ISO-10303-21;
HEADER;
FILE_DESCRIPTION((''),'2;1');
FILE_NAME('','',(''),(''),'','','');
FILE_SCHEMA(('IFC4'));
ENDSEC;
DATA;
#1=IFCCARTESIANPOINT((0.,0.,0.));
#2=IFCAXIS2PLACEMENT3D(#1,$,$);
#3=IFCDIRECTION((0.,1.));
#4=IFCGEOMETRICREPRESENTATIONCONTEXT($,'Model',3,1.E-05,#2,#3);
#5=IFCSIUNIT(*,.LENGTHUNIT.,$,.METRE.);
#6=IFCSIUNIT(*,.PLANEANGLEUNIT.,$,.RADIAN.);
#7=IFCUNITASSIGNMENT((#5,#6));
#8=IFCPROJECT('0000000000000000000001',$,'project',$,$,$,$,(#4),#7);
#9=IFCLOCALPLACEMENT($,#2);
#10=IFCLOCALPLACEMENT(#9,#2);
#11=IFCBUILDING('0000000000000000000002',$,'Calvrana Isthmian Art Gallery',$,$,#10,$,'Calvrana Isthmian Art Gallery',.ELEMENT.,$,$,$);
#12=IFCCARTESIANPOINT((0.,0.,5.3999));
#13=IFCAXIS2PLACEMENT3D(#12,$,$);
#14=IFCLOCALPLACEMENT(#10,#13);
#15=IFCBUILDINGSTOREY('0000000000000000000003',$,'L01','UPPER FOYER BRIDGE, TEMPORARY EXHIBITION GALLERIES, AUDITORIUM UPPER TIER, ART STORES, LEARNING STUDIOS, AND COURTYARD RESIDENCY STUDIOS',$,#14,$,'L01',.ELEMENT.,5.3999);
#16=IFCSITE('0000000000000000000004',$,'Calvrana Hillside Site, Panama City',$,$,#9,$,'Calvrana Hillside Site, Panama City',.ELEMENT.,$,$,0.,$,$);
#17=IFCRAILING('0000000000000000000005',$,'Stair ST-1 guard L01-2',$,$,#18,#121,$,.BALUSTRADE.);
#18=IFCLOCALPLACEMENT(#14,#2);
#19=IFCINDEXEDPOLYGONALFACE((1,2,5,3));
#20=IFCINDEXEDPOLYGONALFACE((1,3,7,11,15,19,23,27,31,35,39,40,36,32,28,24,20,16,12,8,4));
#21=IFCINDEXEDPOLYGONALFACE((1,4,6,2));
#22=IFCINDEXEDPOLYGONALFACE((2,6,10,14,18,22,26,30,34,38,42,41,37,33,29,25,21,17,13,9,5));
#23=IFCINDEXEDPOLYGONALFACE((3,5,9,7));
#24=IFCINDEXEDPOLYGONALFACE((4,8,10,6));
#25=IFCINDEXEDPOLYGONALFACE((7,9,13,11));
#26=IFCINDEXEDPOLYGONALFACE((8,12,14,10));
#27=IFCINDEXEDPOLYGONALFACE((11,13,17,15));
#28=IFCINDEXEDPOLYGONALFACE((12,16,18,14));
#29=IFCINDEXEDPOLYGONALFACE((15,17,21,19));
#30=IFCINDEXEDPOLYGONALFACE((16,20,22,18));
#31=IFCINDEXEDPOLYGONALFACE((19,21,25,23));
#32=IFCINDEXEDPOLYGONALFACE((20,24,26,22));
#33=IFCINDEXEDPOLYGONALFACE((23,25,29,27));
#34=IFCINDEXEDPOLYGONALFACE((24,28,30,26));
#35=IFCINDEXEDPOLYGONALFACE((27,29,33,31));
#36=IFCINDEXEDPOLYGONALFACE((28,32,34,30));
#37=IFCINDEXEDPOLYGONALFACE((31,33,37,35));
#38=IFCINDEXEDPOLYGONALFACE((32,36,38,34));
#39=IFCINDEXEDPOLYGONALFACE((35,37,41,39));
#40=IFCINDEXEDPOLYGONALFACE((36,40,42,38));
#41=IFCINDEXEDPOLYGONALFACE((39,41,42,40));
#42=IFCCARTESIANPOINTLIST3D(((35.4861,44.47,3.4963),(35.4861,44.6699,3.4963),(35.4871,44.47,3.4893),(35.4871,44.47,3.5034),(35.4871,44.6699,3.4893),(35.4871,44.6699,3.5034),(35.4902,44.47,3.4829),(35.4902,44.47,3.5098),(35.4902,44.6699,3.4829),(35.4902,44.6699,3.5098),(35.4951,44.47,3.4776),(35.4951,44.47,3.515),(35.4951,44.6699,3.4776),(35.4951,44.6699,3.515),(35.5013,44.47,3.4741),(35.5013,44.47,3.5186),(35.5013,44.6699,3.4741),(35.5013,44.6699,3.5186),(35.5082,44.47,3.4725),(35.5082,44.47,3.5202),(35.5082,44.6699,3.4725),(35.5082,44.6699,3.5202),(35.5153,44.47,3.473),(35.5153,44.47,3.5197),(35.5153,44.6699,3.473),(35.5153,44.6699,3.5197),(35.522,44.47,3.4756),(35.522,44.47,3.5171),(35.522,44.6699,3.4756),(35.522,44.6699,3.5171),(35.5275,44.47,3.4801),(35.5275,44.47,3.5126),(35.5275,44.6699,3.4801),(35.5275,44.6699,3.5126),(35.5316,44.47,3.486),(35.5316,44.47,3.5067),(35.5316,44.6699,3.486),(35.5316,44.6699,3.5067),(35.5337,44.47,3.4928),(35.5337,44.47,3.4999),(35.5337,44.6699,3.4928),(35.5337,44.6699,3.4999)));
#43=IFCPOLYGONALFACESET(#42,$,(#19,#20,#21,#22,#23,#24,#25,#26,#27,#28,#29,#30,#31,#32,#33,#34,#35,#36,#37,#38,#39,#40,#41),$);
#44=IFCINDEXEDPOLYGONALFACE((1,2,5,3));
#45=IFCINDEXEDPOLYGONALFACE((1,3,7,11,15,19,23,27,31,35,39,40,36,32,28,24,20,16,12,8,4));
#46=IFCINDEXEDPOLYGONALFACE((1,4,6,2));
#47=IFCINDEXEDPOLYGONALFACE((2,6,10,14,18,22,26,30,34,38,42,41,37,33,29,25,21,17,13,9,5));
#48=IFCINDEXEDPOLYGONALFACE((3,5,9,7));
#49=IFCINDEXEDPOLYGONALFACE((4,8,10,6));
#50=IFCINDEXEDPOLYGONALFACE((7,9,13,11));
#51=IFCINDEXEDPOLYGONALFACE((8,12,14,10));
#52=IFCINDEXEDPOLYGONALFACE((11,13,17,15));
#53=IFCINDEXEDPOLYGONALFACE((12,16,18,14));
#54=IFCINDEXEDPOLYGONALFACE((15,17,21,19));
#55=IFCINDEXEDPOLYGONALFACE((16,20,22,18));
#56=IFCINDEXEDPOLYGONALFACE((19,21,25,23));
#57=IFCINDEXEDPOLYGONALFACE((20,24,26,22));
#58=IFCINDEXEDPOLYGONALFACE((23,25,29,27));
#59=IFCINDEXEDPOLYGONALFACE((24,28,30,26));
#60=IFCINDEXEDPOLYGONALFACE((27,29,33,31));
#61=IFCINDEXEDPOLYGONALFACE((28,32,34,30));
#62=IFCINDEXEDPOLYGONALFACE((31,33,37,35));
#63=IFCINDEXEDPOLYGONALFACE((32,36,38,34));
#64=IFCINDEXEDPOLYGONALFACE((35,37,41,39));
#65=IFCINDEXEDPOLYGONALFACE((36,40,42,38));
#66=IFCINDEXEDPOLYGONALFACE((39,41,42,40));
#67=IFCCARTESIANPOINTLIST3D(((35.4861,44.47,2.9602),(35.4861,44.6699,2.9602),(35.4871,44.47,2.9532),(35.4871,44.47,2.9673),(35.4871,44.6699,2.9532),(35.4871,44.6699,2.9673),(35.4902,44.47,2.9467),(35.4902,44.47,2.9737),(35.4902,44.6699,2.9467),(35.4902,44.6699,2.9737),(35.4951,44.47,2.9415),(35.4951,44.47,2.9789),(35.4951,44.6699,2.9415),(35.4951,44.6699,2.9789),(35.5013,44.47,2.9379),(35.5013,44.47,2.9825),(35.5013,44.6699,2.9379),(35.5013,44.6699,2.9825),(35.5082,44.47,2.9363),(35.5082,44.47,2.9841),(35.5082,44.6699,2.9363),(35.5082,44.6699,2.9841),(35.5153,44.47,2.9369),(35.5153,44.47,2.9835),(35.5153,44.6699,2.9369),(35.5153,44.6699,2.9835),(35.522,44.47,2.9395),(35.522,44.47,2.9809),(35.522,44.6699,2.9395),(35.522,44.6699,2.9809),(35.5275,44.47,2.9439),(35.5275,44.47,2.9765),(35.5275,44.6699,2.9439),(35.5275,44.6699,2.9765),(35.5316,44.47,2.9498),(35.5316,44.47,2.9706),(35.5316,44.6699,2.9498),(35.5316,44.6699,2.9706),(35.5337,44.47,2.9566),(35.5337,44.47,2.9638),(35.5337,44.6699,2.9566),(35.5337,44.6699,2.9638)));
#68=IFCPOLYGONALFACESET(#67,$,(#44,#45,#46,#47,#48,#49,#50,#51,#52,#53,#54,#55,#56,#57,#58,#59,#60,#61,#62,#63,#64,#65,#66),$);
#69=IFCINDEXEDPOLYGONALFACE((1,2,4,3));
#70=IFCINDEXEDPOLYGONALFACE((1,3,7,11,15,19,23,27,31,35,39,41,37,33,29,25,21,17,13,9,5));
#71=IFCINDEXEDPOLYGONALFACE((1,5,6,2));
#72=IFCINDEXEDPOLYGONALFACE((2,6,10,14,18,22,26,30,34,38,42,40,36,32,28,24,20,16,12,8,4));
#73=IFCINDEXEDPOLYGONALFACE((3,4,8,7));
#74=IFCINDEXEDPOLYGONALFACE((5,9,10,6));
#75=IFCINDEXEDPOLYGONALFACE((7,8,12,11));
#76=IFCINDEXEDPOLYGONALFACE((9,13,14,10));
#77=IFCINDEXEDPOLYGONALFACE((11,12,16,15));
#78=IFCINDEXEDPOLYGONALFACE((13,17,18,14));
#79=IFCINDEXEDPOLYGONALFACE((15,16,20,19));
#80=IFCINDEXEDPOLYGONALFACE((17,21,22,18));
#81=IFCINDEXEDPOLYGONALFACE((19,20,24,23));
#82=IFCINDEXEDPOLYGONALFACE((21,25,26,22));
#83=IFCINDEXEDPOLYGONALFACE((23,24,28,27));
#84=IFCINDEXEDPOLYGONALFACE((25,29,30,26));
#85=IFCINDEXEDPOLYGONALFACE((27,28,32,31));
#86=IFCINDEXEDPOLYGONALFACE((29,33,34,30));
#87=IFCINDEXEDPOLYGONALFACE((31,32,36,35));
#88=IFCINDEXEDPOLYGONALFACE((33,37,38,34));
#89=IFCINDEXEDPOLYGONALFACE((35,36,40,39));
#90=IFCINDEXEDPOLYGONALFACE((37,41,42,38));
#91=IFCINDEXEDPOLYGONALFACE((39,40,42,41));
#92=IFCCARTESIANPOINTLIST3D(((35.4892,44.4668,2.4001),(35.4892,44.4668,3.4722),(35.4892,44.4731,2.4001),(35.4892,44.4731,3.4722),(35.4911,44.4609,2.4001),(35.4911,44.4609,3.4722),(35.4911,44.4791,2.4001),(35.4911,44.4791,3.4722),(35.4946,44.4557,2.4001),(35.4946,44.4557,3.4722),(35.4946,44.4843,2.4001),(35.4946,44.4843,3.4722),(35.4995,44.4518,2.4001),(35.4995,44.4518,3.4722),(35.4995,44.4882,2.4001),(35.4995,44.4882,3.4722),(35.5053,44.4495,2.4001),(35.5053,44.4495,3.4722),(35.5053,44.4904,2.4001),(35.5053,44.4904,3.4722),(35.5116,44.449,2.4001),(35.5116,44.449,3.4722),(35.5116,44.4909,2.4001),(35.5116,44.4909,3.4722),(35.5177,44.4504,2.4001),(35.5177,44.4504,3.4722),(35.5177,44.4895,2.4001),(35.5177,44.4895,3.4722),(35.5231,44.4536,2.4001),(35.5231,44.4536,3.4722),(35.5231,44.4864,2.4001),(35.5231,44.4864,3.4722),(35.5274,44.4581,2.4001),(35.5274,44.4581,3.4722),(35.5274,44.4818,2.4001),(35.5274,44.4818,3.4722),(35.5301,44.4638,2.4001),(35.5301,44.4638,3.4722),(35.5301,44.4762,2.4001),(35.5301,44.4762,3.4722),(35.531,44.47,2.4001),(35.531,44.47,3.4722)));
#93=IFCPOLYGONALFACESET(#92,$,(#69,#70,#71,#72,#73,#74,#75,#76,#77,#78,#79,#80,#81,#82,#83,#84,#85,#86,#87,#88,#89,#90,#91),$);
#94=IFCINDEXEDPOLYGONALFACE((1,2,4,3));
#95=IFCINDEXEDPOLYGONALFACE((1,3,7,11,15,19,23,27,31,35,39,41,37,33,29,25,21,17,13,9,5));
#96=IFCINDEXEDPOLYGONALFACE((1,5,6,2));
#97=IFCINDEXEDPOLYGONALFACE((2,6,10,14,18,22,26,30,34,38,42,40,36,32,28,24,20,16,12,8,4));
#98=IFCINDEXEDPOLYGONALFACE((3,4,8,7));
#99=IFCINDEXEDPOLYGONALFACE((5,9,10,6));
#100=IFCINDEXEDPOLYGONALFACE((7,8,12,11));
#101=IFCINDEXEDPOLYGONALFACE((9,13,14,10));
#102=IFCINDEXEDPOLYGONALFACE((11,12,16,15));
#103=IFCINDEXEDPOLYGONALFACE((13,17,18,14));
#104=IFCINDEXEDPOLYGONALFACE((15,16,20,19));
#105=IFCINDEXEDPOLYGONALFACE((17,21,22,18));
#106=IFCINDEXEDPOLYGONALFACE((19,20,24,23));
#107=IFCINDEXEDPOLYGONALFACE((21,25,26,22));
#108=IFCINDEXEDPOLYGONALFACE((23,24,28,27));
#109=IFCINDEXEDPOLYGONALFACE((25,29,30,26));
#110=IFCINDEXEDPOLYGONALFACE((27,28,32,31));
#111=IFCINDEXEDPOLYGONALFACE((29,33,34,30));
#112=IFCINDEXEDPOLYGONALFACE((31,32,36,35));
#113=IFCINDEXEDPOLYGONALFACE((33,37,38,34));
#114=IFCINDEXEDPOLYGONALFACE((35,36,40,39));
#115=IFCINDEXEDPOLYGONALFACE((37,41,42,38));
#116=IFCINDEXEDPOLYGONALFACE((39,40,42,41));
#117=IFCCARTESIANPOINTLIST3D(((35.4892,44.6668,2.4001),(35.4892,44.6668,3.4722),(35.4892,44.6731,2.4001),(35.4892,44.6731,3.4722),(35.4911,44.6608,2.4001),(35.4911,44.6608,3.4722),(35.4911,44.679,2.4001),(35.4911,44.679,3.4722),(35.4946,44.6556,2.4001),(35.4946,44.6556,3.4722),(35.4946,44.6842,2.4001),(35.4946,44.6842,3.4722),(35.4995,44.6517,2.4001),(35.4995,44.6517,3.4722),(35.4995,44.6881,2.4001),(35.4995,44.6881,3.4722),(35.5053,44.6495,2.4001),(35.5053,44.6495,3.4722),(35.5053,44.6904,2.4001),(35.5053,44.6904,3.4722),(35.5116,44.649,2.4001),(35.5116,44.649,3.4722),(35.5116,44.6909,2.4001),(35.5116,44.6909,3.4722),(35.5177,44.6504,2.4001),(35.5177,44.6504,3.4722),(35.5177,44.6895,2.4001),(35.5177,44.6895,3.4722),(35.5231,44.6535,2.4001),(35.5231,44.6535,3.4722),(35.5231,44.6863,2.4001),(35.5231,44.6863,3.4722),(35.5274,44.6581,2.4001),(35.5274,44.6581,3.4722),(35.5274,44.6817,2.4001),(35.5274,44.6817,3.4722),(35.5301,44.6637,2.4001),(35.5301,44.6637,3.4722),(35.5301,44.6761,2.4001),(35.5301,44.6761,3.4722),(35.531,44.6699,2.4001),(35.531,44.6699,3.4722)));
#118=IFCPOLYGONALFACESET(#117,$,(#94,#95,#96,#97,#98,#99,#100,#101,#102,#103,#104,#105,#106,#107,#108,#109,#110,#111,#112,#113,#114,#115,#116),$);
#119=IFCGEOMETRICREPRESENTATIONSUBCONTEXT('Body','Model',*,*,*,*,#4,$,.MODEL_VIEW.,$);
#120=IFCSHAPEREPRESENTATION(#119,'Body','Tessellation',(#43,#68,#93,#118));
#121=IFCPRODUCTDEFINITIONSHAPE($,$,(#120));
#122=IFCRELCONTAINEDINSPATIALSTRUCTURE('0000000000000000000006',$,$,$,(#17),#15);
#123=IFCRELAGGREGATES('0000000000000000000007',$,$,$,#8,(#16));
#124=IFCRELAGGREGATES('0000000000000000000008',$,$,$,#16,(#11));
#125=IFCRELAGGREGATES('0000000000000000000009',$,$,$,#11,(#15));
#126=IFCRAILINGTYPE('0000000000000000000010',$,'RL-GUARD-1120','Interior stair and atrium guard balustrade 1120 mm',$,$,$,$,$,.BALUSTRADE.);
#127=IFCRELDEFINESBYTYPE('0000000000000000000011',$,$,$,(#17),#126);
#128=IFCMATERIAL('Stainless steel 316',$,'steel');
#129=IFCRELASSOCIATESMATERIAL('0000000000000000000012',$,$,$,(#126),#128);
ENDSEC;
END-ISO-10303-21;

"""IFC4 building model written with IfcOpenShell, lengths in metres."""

from ifc_helpers import new_model, si_unit, direction, frame, origin, origin_2d, place, context, subcontext, project, spatial, circle, extrude, material, type_object, element, save


model = new_model("IFC4")

# Units and contexts
model_context = context("Model", 3, precision=1e-05, world=origin(), true_north=direction((0.0, 1.0)))
body_context = subcontext(model_context, "Body", "Model", "MODEL_VIEW")
ifc_project = project(units=[si_unit("LENGTHUNIT", "METRE"), si_unit("PLANEANGLEUNIT", "RADIAN")], contexts=[model_context])

# Site, building, storey
site_placement = place(None, origin())
site = spatial("IfcSite", under=ifc_project, at=site_placement, Name="Calvrana Hillside Site, Panama City", LongName="Calvrana Hillside Site, Panama City", CompositionType="ELEMENT", RefElevation=0.0)
building_placement = place(site_placement, origin())
building = spatial("IfcBuilding", under=site, at=building_placement, Name="Calvrana Isthmian Art Gallery", LongName="Calvrana Isthmian Art Gallery", CompositionType="ELEMENT")
storey_placement = place(building_placement, frame((0.0, 0.0, 5.3999)))
storey = spatial("IfcBuildingStorey", under=building, at=storey_placement, Name="L01", Description="UPPER FOYER BRIDGE, TEMPORARY EXHIBITION GALLERIES, AUDITORIUM UPPER TIER, ART STORES, LEARNING STUDIOS, AND COURTYARD RESIDENCY STUDIOS", LongName="L01", CompositionType="ELEMENT", Elevation=5.3999)

# Railing
ifc_material_1 = material(Name="Stainless steel 316", Category="steel")
railing_type_1 = type_object("IfcRailingType", Name="RL-GUARD-1120", Description="Interior stair and atrium guard balustrade 1120 mm", PredefinedType="BALUSTRADE", material=ifc_material_1)
railing_1_placement = place(storey_placement, frame((35.51, 44.47, 2.4001)))
element("IfcRailing", 1, at=railing_1_placement, inside=storey, type_object=railing_type_1, Name="Stair ST-1 guard L01-2", PredefinedType="BALUSTRADE", context=body_context, shape_type="SweptSolid", body=[
    extrude(circle(Radius=0.0239, at=origin_2d()), frame((0.0, 0.0, 1.0962), z_axis=(0.0, 1.0, 0.0), x_axis=(-1.0, 0.0, 0.0)), (0.0, 0.0, 1.0), 0.2),
    extrude(circle(Radius=0.0239, at=origin_2d()), frame((0.0, 0.0, 0.5601), z_axis=(0.0, 1.0, 0.0), x_axis=(-1.0, 0.0, 0.0)), (0.0, 0.0, 1.0), 0.2),
    extrude(circle(Radius=0.021, at=origin_2d()), origin(), (0.0, 0.0, 1.0), 1.072),
    extrude(circle(Radius=0.021, at=origin_2d()), frame((0.0, 0.2, 0.0)), (0.0, 0.0, 1.0), 1.072),
])

save(model, "model.ifc")
